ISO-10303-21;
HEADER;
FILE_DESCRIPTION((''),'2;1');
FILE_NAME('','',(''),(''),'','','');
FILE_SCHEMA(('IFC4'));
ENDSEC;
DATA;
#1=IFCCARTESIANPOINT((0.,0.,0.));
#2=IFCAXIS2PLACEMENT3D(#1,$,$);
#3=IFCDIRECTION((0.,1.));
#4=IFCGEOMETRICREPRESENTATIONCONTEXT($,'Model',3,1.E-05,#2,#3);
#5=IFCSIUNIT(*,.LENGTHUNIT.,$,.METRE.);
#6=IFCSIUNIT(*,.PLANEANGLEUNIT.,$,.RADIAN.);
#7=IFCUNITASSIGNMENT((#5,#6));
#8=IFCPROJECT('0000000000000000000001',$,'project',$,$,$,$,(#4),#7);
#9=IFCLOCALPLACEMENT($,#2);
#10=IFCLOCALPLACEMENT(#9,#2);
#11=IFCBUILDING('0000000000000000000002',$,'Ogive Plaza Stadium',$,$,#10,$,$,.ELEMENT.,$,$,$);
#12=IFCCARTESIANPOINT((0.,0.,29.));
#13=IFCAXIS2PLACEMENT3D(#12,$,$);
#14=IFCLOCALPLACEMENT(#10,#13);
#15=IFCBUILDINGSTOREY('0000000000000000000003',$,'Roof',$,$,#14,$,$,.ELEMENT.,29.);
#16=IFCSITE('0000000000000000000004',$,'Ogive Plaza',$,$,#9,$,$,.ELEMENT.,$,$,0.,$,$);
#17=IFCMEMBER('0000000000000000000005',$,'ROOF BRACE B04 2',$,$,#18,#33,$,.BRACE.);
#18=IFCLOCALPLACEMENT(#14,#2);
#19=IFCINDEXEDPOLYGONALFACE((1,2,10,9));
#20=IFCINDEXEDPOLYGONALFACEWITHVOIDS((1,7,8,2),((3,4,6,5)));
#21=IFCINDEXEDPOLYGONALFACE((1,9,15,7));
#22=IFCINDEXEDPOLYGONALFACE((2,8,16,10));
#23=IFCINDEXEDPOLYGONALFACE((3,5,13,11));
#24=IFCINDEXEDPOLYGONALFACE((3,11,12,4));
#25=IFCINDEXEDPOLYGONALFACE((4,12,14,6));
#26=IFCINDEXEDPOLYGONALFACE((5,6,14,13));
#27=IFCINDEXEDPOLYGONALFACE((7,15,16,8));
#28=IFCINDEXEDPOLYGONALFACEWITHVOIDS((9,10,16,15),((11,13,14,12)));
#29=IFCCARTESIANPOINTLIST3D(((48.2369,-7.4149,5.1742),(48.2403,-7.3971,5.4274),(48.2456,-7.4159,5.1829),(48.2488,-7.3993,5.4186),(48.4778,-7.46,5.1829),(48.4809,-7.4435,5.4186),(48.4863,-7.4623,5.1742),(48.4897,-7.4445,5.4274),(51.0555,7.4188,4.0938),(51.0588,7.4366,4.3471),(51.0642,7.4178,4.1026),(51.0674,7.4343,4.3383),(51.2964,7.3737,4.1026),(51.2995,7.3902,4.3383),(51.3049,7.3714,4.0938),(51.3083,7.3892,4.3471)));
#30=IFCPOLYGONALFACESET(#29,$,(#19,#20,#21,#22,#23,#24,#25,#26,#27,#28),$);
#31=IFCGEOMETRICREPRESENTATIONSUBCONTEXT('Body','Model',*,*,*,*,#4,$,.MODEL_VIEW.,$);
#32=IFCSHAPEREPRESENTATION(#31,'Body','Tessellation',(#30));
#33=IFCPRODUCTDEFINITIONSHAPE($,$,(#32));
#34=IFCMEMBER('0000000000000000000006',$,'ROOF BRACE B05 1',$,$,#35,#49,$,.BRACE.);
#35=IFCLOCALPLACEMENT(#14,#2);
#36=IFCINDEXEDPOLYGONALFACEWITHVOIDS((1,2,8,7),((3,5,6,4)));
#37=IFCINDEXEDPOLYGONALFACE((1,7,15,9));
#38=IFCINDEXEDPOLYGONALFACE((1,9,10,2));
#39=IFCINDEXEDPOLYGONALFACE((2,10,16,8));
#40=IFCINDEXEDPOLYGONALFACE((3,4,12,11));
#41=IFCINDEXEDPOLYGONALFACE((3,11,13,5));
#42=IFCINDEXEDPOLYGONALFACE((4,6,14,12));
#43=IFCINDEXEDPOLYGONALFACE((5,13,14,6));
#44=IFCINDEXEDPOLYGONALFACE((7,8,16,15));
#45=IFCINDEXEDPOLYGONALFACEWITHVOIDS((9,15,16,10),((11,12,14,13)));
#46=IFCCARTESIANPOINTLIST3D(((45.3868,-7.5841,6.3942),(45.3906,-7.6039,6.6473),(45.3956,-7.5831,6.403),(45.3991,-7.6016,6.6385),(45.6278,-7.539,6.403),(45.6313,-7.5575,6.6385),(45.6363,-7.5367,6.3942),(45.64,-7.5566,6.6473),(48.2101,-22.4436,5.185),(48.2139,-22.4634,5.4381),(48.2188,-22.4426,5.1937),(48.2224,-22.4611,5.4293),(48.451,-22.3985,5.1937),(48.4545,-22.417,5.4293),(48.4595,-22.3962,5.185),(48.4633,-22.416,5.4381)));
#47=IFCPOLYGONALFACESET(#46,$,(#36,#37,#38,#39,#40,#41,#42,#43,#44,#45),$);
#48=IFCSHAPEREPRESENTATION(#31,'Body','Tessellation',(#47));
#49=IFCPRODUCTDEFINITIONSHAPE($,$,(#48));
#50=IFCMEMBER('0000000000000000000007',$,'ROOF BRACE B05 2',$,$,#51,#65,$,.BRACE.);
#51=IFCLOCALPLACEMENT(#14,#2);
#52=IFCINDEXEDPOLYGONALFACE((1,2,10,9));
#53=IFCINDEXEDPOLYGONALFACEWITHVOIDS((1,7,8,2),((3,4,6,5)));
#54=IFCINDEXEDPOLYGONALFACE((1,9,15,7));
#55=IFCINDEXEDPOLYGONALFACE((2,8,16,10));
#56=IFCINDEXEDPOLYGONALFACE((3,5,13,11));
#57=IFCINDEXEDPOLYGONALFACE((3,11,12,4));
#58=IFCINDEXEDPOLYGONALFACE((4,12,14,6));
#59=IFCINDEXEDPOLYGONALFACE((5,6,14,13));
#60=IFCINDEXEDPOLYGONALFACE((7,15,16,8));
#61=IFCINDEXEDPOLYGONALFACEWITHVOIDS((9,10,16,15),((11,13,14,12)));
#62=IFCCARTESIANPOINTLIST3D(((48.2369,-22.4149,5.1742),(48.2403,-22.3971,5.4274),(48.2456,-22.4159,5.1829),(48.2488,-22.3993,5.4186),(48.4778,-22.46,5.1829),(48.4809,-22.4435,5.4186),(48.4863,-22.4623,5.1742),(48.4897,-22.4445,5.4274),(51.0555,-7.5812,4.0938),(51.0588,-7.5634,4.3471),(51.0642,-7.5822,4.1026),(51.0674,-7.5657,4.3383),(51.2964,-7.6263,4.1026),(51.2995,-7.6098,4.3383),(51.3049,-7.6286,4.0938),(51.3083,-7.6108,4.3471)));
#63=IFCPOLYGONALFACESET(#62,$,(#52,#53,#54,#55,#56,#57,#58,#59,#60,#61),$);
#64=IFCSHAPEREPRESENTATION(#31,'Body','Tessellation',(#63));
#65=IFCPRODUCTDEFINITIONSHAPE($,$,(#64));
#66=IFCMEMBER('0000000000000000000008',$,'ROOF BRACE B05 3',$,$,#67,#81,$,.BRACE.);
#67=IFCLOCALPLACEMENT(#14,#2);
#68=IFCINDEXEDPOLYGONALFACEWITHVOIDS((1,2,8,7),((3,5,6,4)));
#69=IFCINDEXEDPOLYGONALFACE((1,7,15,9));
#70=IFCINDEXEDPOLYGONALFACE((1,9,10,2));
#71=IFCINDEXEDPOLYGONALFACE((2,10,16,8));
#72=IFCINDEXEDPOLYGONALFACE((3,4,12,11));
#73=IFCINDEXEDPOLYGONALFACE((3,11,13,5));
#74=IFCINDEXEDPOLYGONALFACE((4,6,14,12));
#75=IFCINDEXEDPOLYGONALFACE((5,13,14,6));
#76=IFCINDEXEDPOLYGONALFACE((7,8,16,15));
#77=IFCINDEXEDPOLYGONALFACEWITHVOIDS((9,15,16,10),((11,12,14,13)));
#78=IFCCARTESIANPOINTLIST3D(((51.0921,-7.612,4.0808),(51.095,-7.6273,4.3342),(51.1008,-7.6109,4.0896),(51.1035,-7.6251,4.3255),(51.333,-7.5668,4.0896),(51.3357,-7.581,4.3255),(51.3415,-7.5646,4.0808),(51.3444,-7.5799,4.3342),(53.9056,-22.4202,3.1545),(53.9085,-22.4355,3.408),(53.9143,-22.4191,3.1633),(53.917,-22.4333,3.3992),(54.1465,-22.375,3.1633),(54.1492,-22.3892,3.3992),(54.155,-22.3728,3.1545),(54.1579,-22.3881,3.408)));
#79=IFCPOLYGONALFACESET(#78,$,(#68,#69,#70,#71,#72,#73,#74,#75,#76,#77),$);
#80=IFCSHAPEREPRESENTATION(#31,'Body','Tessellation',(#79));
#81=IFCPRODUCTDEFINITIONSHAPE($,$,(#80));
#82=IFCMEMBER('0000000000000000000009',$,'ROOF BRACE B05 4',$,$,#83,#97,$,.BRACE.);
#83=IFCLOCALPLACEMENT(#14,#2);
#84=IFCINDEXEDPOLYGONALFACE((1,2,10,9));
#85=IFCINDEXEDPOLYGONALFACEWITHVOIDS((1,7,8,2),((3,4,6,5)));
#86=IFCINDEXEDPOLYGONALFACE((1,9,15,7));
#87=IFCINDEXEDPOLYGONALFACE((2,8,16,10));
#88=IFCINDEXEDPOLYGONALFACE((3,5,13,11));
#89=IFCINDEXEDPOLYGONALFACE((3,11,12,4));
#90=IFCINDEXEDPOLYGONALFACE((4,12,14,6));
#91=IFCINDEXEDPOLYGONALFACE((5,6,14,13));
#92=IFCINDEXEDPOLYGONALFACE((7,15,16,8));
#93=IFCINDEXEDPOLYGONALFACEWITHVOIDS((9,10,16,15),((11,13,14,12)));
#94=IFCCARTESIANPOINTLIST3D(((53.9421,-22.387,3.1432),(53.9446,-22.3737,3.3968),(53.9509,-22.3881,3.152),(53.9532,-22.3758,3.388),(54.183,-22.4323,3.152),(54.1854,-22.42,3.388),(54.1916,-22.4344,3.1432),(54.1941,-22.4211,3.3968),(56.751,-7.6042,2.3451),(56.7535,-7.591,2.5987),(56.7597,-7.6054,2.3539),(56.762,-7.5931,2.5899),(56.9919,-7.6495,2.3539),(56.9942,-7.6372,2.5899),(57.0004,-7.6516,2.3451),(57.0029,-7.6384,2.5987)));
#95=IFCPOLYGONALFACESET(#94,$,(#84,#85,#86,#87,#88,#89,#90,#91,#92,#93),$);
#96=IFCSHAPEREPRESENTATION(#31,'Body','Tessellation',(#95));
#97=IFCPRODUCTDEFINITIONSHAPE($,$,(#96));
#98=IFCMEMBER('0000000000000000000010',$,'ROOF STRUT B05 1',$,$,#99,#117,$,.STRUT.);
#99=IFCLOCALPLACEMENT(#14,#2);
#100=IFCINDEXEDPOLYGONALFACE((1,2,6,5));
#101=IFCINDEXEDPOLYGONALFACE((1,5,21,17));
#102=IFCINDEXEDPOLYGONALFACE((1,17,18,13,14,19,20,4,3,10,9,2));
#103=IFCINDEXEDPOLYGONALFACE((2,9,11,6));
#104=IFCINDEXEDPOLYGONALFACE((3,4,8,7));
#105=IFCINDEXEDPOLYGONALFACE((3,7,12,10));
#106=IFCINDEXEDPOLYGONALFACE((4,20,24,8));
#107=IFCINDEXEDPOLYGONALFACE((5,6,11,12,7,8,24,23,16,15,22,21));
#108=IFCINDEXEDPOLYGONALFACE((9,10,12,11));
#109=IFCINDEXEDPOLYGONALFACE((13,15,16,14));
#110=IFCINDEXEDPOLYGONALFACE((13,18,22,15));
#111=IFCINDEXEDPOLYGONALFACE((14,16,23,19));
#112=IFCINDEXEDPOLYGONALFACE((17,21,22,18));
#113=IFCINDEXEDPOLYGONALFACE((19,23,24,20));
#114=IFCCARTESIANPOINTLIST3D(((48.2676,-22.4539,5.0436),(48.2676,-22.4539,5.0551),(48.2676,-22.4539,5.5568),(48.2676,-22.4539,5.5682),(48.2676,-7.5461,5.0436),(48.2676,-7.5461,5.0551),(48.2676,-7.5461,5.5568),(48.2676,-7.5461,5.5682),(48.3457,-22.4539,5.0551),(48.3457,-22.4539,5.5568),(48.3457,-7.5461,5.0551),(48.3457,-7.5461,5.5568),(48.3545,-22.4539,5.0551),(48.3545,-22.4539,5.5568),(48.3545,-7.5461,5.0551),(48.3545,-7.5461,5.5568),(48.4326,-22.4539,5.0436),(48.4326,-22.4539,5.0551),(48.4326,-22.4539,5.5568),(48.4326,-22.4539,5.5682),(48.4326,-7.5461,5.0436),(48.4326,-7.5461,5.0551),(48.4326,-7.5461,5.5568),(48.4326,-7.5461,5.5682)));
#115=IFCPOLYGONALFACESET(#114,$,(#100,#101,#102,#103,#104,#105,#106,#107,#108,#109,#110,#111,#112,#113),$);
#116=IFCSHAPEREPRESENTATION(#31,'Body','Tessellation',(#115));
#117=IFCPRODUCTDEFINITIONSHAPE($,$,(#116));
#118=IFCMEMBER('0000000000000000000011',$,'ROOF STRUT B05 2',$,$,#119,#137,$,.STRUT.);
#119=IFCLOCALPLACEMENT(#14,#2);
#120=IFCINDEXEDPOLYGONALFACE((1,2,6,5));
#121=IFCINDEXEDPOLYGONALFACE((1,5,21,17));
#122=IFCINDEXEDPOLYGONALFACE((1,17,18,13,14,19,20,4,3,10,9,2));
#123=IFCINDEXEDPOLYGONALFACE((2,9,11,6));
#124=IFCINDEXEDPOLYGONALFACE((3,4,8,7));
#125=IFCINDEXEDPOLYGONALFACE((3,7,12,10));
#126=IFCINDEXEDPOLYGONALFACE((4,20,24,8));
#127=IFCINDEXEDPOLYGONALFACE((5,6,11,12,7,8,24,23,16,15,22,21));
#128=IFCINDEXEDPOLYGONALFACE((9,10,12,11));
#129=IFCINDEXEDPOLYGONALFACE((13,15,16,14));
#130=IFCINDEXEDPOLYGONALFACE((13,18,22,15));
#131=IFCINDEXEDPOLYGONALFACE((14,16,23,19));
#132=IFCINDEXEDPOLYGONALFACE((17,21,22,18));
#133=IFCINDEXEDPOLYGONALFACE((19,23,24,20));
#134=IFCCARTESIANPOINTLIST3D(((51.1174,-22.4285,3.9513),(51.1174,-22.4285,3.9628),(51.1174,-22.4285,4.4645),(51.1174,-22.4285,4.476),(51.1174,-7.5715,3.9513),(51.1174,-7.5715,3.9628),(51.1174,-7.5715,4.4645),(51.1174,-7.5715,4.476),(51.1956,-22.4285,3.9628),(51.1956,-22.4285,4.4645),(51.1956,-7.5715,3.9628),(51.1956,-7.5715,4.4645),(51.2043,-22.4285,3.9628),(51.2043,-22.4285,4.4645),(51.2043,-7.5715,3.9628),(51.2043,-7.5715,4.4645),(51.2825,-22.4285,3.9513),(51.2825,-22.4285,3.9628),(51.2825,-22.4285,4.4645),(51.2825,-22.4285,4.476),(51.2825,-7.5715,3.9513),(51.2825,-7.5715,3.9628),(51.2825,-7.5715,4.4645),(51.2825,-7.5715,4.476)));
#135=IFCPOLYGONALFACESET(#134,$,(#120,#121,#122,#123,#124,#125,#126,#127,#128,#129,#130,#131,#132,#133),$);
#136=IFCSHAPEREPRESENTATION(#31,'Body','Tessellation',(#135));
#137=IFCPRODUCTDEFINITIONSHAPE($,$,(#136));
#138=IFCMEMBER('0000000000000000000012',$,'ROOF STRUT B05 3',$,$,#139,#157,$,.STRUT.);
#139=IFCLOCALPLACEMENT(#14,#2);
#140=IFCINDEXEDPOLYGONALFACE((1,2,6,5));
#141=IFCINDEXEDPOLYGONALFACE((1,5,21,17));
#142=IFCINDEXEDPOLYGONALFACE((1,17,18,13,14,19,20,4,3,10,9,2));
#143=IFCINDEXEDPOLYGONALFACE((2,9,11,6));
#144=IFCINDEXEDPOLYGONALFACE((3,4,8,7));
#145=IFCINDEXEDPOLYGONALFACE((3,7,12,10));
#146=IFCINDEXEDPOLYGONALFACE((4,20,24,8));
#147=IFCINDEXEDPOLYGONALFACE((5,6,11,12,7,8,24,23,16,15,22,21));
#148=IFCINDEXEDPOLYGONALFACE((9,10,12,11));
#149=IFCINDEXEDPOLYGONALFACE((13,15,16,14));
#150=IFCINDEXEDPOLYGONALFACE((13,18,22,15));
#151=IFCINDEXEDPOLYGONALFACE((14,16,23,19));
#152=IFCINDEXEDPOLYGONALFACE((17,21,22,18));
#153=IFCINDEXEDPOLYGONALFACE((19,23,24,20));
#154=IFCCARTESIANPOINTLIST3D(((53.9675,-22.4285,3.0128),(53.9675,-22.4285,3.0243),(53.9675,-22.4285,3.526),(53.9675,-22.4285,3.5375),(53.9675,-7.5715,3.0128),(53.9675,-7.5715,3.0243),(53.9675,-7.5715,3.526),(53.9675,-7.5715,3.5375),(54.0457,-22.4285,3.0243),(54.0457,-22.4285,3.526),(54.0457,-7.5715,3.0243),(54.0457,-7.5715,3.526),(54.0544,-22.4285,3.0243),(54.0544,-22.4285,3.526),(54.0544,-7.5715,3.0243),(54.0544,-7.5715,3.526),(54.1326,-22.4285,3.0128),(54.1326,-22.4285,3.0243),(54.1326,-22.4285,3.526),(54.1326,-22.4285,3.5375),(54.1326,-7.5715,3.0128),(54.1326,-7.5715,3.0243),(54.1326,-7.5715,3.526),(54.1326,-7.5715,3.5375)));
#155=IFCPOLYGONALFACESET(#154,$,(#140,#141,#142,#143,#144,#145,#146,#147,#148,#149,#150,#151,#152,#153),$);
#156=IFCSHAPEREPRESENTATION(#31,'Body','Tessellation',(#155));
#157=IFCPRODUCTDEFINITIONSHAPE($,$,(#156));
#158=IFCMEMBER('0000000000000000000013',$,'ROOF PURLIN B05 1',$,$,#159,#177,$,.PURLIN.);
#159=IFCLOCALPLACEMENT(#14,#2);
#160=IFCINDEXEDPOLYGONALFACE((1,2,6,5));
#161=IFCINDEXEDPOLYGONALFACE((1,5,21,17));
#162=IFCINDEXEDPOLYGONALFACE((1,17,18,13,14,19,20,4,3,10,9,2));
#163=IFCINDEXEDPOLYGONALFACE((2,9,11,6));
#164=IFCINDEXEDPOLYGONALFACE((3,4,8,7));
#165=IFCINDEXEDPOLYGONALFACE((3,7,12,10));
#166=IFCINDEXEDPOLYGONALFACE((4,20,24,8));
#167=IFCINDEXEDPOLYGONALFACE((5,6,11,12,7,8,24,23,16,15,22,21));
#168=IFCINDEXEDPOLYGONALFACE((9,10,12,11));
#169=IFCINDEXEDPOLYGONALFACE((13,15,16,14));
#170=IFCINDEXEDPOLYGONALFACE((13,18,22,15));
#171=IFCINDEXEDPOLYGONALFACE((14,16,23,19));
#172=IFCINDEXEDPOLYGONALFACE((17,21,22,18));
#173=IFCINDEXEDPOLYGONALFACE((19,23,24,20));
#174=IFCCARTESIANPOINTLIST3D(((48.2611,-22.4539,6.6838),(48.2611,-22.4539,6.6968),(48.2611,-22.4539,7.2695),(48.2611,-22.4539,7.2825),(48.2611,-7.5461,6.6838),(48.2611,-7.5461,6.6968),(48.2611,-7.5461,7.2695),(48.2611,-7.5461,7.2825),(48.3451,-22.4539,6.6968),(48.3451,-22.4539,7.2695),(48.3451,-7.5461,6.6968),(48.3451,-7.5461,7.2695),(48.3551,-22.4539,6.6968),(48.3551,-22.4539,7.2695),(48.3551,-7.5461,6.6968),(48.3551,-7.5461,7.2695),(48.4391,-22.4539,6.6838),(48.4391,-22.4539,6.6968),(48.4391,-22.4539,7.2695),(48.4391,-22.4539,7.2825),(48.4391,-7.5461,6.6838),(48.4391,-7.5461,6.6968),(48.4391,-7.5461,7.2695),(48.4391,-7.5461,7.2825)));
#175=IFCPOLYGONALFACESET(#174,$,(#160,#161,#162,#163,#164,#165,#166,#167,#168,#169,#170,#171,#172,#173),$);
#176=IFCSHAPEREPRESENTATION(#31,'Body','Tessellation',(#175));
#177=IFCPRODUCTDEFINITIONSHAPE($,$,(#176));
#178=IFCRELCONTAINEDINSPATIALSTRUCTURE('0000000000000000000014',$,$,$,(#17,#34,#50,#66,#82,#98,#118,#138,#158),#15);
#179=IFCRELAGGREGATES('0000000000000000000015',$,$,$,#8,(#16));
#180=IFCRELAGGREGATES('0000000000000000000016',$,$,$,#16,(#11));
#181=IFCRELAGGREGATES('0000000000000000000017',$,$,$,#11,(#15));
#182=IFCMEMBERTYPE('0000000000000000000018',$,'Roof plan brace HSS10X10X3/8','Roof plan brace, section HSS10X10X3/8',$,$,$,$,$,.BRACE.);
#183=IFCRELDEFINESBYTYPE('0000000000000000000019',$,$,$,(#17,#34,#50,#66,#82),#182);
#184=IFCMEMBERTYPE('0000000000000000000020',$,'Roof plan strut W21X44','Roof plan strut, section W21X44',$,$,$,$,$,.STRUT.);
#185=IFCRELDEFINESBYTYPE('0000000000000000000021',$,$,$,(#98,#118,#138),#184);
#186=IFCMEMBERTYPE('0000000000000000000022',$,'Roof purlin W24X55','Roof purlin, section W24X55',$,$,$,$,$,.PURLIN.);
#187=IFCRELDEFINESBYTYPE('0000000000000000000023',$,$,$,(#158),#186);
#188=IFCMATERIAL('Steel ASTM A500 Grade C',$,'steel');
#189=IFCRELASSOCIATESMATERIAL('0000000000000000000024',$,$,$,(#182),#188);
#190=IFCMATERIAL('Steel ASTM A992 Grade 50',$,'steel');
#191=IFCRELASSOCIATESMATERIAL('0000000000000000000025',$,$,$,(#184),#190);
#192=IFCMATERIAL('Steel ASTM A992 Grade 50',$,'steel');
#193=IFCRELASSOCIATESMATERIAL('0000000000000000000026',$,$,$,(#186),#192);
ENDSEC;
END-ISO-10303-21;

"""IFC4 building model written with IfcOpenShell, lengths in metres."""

from ifc_helpers import new_model, si_unit, direction, frame, origin, origin_2d, place, context, subcontext, project, spatial, hollow_rectangle, i_section, extrude, material, material_profile, profile_set, type_object, element, save


model = new_model("IFC4")

# Units and contexts
model_context = context("Model", 3, precision=1e-05, world=origin(), true_north=direction((0.0, 1.0)))
body_context = subcontext(model_context, "Body", "Model", "MODEL_VIEW")
ifc_project = project(units=[si_unit("LENGTHUNIT", "METRE"), si_unit("PLANEANGLEUNIT", "RADIAN")], contexts=[model_context])

# Site, building, storey
site_placement = place(None, origin())
site = spatial("IfcSite", under=ifc_project, at=site_placement, Name="Ogive Plaza", CompositionType="ELEMENT", RefElevation=0.0)
building_placement = place(site_placement, origin())
building = spatial("IfcBuilding", under=site, at=building_placement, Name="Ogive Plaza Stadium", CompositionType="ELEMENT")
storey_placement = place(building_placement, frame((0.0, 0.0, 29.0)))
storey = spatial("IfcBuildingStorey", under=building, at=storey_placement, Name="Roof", CompositionType="ELEMENT", Elevation=29.0)

# Members
ifc_material_1 = material(Name="Steel ASTM A500 Grade C", Category="steel")
ifc_material_profile_1 = material_profile(ifc_material_1, hollow_rectangle(XDim=0.2539, YDim=0.2539, WallThickness=0.0088, at=origin_2d()), Name="HSS10X10X3/8")
ifc_profile_set_1 = profile_set([ifc_material_profile_1], Name="Steel ASTM A500 Grade C")
member_type_1 = type_object("IfcMemberType", Name="Roof plan brace HSS10X10X3/8", Description="Roof plan brace, section HSS10X10X3/8", PredefinedType="BRACE", material=ifc_profile_set_1)
member_1_placement = place(storey_placement, frame((48.3633, -7.4297, 5.3008), z_axis=(0.186197, 0.979917, -0.071366), x_axis=(-0.982422, 0.186673, 0.0)))
element("IfcMember", 1, at=member_1_placement, inside=storey, type_object=member_type_1, Name="ROOF BRACE B04 2", PredefinedType="BRACE", context=body_context, shape_type="SweptSolid", body=[
    extrude(hollow_rectangle(XDim=0.2539, YDim=0.2539, WallThickness=0.0088, at=origin_2d()), origin(), (0.0, 0.0, 1.0), 15.1377),
])
member_2_placement = place(storey_placement, frame((45.5134, -7.5703, 6.5208), z_axis=(0.186064, -0.9793, -0.079694), x_axis=(0.982425, 0.186658, 0.0)))
element("IfcMember", 2, at=member_2_placement, inside=storey, type_object=member_type_1, Name="ROOF BRACE B05 1", PredefinedType="BRACE", context=body_context, shape_type="SweptSolid", body=[
    extrude(hollow_rectangle(XDim=0.2539, YDim=0.2539, WallThickness=0.0088, at=origin_2d()), origin(), (0.0, 0.0, 1.0), 15.1736),
])
member_3_placement = place(storey_placement, frame((48.3633, -22.4297, 5.3008), z_axis=(0.186197, 0.979917, -0.071366), x_axis=(-0.982422, 0.186673, 0.0)))
element("IfcMember", 3, at=member_3_placement, inside=storey, type_object=member_type_1, Name="ROOF BRACE B05 2", PredefinedType="BRACE", context=body_context, shape_type="SweptSolid", body=[
    extrude(hollow_rectangle(XDim=0.2539, YDim=0.2539, WallThickness=0.0088, at=origin_2d()), origin(), (0.0, 0.0, 1.0), 15.1377),
])
member_4_placement = place(storey_placement, frame((51.2183, -7.5959, 4.2075), z_axis=(0.186305, -0.980575, -0.061336), x_axis=(0.982425, 0.186657, 0.0)))
element("IfcMember", 4, at=member_4_placement, inside=storey, type_object=member_type_1, Name="ROOF BRACE B05 3", PredefinedType="BRACE", context=body_context, shape_type="SweptSolid", body=[
    extrude(hollow_rectangle(XDim=0.2539, YDim=0.2539, WallThickness=0.0088, at=origin_2d()), origin(), (0.0, 0.0, 1.0), 15.1016),
])
member_5_placement = place(storey_placement, frame((54.0681, -22.4041, 3.27), z_axis=(0.186406, 0.981044, -0.052965), x_axis=(-0.982423, 0.186668, 0.0)))
element("IfcMember", 5, at=member_5_placement, inside=storey, type_object=member_type_1, Name="ROOF BRACE B05 4", PredefinedType="BRACE", context=body_context, shape_type="SweptSolid", body=[
    extrude(hollow_rectangle(XDim=0.2539, YDim=0.2539, WallThickness=0.0088, at=origin_2d()), origin(), (0.0, 0.0, 1.0), 15.0684),
])
ifc_material_2 = material(Name="Steel ASTM A992 Grade 50", Category="steel")
ifc_material_profile_2 = material_profile(ifc_material_2, i_section(OverallWidth=0.165, OverallDepth=0.5247, WebThickness=0.0088, FlangeThickness=0.0115, at=origin_2d()), Name="W21X44")
ifc_profile_set_2 = profile_set([ifc_material_profile_2], Name="Steel ASTM A992 Grade 50")
member_type_2 = type_object("IfcMemberType", Name="Roof plan strut W21X44", Description="Roof plan strut, section W21X44", PredefinedType="STRUT", material=ifc_profile_set_2)
member_6_placement = place(storey_placement, frame((48.3501, -7.5461, 5.3059), z_axis=(0.0, -1.0, 0.0), x_axis=(1.0, 0.0, 0.0)))
element("IfcMember", 6, at=member_6_placement, inside=storey, type_object=member_type_2, Name="ROOF STRUT B05 1", PredefinedType="STRUT", context=body_context, shape_type="SweptSolid", body=[
    extrude(i_section(OverallWidth=0.165, OverallDepth=0.5247, WebThickness=0.0088, FlangeThickness=0.0115, at=origin_2d()), origin(), (0.0, 0.0, 1.0), 14.9077),
])
for number, where, z_axis, x_axis, name in (
    (7, (51.2, -7.5715, 4.2136), (0.0, -1.0, 0.0), (1.0, 0.0, 0.0), "ROOF STRUT B05 2"),
    (8, (54.05, -7.5715, 3.2751), (0.0, -1.0, 0.0), (1.0, 0.0, 0.0), "ROOF STRUT B05 3"),
):
    element("IfcMember", number, at=place(storey_placement, frame(where, z_axis=z_axis, x_axis=x_axis)), inside=storey, type_object=member_type_2, Name=name, PredefinedType="STRUT", context=body_context, shape_type="SweptSolid", body=[
        extrude(i_section(OverallWidth=0.165, OverallDepth=0.5247, WebThickness=0.0088, FlangeThickness=0.0115, at=origin_2d()), origin(), (0.0, 0.0, 1.0), 14.8569),
    ])
ifc_material_3 = material(Name="Steel ASTM A992 Grade 50", Category="steel")
ifc_material_profile_3 = material_profile(ifc_material_3, i_section(OverallWidth=0.178, OverallDepth=0.5986, WebThickness=0.01, FlangeThickness=0.0129, at=origin_2d()), Name="W24X55")
ifc_profile_set_3 = profile_set([ifc_material_profile_3], Name="Steel ASTM A992 Grade 50")
member_type_3 = type_object("IfcMemberType", Name="Roof purlin W24X55", Description="Roof purlin, section W24X55", PredefinedType="PURLIN", material=ifc_profile_set_3)
member_7_placement = place(storey_placement, frame((48.3501, -7.5461, 6.9832), z_axis=(0.0, -1.0, 0.0), x_axis=(1.0, 0.0, 0.0)))
element("IfcMember", 9, at=member_7_placement, inside=storey, type_object=member_type_3, Name="ROOF PURLIN B05 1", PredefinedType="PURLIN", context=body_context, shape_type="SweptSolid", body=[
    extrude(i_section(OverallWidth=0.178, OverallDepth=0.5986, WebThickness=0.01, FlangeThickness=0.0129, at=origin_2d()), origin(), (0.0, 0.0, 1.0), 14.9077),
])

save(model, "model.ifc")
